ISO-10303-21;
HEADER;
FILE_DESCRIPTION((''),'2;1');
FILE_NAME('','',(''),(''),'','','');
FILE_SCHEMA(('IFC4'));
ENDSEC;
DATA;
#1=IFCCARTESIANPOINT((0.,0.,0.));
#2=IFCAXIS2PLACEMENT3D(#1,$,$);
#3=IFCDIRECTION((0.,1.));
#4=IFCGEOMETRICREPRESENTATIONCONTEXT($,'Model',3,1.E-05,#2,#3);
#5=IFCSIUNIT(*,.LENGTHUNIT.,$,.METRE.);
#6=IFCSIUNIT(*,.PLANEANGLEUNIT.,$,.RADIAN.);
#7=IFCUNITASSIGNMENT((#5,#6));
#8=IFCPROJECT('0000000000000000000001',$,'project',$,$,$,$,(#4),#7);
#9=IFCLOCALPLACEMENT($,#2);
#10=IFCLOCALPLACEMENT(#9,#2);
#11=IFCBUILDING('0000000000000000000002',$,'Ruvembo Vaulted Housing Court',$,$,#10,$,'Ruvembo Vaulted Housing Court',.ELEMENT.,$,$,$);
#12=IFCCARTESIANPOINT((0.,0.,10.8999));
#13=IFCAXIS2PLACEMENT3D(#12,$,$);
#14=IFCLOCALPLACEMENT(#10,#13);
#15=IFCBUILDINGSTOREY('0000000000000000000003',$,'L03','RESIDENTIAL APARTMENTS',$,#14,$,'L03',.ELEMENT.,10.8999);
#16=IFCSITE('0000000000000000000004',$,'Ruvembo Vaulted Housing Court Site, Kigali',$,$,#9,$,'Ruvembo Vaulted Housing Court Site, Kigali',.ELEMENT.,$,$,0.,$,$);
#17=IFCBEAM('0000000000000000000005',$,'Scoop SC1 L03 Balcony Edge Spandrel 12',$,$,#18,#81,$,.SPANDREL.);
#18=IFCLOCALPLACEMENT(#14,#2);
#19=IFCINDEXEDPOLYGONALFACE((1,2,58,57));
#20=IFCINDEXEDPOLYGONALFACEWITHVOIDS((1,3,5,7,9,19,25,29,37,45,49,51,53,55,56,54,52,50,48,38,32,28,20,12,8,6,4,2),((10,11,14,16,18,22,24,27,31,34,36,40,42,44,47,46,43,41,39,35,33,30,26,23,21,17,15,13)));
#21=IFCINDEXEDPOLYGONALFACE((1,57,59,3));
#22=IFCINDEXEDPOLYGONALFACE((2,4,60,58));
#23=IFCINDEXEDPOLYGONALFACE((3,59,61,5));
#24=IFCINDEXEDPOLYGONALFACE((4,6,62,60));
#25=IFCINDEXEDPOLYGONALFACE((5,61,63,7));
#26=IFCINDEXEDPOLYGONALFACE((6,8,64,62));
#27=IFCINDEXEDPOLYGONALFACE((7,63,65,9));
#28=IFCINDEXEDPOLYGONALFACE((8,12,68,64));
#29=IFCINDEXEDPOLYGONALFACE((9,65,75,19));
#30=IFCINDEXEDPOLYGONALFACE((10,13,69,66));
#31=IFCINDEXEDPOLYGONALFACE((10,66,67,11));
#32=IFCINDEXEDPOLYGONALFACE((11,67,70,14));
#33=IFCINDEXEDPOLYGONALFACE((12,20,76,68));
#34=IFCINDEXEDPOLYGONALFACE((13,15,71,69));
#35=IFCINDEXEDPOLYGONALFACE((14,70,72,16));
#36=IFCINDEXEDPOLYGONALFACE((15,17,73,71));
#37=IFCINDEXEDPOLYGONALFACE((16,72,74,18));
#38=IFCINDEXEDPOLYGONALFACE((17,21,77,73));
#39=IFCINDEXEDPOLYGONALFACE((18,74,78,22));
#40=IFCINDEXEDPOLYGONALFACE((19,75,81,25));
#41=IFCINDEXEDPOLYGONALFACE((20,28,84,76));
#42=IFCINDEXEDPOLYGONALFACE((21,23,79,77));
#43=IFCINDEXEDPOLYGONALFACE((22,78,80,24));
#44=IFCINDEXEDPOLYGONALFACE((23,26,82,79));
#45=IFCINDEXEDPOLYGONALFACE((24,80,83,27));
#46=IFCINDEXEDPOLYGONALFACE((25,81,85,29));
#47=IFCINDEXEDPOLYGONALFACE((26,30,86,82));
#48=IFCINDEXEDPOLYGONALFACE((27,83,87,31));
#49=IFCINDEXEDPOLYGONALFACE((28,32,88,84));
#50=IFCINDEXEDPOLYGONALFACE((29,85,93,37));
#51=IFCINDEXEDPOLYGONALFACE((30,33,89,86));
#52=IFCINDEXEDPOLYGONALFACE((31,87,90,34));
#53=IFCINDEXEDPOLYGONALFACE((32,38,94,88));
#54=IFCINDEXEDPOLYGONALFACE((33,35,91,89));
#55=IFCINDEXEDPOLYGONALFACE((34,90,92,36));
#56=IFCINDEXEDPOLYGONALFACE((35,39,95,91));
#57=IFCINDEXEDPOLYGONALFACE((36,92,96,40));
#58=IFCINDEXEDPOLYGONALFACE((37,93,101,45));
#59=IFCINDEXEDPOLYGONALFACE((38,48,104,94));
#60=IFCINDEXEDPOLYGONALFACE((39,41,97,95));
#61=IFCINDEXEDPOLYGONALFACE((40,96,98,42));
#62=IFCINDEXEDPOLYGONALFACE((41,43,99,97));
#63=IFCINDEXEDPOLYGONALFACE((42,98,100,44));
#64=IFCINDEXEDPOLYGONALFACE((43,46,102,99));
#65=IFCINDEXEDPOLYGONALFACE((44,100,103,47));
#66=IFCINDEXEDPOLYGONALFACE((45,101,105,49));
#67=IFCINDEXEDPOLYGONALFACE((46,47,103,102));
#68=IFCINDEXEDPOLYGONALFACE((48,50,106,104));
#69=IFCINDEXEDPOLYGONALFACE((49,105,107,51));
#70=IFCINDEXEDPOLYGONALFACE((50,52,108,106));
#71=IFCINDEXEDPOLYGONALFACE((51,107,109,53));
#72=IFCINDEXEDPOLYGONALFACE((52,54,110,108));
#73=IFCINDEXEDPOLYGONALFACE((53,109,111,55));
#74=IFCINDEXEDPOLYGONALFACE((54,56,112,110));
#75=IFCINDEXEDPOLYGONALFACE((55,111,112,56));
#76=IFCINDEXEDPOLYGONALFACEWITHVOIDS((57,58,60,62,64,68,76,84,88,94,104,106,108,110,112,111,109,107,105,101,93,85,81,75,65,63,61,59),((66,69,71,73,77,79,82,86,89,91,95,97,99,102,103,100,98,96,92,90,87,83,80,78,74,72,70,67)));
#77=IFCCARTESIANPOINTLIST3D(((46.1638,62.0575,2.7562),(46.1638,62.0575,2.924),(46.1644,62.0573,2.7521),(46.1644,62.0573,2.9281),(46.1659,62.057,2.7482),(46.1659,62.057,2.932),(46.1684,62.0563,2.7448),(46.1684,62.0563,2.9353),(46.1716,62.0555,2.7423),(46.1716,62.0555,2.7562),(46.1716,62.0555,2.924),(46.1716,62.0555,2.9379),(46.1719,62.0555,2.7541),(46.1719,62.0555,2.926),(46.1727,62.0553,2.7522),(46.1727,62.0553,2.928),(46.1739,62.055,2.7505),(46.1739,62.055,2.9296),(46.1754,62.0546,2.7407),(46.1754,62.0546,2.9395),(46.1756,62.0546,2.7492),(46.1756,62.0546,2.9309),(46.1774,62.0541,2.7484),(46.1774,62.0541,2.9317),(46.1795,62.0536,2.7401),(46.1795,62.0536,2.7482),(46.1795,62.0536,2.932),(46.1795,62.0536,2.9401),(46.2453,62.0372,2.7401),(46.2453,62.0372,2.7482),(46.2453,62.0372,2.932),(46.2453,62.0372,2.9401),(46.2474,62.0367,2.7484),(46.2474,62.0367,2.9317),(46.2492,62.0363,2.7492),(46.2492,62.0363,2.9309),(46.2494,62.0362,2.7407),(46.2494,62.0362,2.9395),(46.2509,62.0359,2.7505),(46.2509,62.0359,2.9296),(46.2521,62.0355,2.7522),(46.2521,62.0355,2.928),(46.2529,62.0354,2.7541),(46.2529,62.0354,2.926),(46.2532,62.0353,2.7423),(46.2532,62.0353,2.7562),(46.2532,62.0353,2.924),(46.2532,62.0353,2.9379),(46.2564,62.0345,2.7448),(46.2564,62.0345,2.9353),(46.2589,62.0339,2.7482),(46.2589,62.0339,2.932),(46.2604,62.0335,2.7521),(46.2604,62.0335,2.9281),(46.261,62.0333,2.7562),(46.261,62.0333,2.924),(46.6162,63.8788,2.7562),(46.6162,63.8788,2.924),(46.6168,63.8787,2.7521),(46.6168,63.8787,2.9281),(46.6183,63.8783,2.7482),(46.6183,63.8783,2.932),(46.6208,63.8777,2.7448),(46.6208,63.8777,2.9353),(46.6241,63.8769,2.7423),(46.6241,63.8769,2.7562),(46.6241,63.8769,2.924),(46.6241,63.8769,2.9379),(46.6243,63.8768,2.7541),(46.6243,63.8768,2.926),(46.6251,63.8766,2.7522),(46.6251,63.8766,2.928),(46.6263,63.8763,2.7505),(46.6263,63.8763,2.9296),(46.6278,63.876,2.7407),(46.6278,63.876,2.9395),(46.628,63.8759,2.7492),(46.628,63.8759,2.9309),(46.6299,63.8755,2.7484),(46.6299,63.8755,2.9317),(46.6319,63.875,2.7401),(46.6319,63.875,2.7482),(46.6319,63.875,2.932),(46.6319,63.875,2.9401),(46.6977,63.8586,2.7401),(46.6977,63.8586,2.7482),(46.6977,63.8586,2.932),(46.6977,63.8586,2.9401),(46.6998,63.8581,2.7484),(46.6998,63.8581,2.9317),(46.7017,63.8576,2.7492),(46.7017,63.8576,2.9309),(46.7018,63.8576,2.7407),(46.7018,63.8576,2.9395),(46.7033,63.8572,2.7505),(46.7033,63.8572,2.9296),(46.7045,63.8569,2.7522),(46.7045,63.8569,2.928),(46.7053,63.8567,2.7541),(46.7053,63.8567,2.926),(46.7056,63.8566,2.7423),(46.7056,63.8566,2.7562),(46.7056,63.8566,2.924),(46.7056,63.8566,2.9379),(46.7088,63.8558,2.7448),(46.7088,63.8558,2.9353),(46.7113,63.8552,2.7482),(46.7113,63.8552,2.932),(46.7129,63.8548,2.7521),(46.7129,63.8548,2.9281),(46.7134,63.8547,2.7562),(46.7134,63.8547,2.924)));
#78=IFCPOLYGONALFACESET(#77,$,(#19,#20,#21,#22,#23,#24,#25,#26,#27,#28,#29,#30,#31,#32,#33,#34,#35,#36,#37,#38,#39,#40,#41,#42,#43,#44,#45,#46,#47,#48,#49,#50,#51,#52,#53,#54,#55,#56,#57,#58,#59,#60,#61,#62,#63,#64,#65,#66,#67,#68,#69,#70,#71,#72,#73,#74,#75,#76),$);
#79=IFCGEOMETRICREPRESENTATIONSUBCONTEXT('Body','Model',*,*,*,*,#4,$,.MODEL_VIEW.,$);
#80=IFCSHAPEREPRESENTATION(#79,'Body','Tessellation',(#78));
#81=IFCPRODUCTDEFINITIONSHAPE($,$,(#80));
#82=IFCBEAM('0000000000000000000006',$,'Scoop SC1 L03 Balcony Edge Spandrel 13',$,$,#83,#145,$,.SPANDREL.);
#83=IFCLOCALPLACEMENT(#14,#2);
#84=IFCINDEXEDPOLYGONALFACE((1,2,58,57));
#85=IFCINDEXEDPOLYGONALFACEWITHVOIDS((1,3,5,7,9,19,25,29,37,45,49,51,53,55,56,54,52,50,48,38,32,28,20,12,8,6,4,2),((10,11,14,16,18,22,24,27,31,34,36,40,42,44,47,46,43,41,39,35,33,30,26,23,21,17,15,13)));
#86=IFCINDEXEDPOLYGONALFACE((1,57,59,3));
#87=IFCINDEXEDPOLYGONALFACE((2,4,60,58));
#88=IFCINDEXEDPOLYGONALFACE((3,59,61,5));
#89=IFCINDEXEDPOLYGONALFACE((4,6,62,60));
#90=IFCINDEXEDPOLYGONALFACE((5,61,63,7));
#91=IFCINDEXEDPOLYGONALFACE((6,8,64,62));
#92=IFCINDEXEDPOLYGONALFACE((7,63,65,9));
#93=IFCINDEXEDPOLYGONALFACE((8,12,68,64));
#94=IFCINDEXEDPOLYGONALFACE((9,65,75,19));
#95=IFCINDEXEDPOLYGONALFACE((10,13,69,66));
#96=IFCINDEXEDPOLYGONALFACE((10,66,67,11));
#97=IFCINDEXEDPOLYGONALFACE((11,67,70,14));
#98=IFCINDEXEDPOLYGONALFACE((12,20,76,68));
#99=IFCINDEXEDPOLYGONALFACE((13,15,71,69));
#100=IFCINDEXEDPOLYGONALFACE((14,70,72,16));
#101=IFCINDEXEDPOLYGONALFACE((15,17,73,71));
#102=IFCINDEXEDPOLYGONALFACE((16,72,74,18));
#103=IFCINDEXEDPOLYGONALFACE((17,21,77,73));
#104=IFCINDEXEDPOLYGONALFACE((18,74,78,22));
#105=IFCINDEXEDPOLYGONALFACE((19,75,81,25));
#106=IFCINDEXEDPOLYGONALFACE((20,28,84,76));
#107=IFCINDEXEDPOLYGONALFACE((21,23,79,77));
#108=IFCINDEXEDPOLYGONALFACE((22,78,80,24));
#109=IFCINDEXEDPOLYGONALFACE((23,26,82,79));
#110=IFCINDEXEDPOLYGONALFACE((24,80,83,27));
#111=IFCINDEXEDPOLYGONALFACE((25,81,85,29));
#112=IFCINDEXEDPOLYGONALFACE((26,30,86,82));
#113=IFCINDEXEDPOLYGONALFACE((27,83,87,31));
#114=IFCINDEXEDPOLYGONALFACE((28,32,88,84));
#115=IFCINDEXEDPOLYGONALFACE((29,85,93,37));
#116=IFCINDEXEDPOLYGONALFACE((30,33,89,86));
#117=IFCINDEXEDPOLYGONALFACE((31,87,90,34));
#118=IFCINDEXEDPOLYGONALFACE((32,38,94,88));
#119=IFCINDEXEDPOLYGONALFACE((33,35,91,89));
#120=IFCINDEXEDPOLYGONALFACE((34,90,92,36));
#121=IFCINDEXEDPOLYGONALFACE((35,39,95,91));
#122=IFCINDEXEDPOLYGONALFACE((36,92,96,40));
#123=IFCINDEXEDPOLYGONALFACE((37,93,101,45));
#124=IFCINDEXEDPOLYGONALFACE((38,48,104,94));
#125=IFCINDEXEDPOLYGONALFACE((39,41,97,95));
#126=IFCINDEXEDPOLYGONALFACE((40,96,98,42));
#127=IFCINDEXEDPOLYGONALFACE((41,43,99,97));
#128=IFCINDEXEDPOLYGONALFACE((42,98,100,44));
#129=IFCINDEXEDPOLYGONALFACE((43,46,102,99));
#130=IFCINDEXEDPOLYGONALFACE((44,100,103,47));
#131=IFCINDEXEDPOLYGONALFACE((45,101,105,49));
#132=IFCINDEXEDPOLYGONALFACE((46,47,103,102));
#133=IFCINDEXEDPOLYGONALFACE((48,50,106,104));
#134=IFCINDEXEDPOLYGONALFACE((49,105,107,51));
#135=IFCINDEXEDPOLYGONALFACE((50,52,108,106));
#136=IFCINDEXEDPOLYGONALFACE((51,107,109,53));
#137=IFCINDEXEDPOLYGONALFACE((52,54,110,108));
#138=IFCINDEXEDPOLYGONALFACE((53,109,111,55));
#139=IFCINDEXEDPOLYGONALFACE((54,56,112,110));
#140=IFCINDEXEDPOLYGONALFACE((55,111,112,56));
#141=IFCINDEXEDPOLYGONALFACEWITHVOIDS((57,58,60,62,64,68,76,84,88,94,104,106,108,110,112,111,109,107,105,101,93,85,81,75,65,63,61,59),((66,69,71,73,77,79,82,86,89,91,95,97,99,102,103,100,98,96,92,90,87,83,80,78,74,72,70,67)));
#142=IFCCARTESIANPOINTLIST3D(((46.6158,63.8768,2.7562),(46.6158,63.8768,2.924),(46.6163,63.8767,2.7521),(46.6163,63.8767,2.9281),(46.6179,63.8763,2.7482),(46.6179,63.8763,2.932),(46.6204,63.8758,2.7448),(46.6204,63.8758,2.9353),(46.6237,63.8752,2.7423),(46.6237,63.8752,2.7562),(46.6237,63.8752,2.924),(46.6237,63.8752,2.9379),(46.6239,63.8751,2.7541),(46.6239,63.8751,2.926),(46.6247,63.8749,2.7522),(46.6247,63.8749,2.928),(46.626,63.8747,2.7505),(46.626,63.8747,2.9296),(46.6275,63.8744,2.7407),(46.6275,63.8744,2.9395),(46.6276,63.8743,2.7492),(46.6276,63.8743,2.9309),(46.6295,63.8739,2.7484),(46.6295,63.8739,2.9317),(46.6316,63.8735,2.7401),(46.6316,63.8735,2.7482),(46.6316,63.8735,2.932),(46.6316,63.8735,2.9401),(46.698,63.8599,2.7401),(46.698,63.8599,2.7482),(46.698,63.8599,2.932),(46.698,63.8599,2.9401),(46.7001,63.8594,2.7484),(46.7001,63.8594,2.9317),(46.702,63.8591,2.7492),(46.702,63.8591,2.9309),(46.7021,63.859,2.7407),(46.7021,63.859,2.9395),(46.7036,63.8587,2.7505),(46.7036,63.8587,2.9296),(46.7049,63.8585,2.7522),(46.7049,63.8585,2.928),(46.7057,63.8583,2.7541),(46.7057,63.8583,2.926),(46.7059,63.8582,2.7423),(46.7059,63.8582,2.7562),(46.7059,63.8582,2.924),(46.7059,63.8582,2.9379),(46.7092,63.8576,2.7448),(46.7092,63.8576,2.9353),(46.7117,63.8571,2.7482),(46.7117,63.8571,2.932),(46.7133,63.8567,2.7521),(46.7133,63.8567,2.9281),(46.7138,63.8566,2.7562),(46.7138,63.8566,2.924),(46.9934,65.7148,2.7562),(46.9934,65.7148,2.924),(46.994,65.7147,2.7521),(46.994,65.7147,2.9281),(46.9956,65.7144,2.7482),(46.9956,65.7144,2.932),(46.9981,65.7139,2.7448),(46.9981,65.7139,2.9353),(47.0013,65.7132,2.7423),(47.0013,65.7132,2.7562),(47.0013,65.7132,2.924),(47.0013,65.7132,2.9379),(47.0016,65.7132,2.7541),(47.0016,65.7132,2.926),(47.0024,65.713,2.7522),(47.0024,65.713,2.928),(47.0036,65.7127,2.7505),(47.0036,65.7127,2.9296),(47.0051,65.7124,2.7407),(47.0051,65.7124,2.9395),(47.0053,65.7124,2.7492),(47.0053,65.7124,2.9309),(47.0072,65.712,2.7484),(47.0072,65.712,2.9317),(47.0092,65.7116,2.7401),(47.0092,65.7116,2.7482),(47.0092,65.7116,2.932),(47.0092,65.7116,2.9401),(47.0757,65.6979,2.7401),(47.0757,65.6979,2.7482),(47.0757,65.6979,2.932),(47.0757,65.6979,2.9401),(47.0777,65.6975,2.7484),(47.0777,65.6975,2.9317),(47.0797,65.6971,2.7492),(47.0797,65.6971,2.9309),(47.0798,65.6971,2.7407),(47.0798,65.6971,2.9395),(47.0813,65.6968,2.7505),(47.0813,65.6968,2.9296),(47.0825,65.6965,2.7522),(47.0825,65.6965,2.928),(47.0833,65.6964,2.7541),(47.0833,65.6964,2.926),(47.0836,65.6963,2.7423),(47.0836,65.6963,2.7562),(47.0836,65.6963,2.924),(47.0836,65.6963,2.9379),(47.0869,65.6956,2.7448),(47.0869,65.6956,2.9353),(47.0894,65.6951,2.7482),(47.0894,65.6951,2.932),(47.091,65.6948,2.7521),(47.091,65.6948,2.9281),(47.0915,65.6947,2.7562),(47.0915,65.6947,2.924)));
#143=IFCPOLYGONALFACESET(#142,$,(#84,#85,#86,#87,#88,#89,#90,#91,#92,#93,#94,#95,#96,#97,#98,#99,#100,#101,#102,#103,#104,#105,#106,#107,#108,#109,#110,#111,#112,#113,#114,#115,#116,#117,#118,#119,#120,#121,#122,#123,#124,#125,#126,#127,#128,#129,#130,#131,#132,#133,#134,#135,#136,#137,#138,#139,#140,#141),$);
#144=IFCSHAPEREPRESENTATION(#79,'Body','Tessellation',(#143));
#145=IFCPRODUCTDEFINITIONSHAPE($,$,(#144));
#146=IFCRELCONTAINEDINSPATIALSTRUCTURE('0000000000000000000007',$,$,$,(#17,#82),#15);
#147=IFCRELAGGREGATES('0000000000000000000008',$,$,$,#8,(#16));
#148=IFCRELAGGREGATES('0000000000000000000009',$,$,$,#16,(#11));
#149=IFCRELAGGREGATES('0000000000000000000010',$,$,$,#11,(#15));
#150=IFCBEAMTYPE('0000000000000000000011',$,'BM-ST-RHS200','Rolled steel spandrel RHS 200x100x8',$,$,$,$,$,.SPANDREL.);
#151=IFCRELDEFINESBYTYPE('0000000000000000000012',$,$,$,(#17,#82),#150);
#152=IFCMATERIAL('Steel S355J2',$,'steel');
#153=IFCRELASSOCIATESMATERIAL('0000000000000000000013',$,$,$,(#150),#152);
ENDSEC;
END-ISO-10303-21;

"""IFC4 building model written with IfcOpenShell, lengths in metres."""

from ifc_helpers import new_model, si_unit, direction, frame, origin, origin_2d, place, context, subcontext, project, spatial, hollow_rectangle, extrude, material, material_profile, profile_set, type_object, element, save


model = new_model("IFC4")

# Units and contexts
model_context = context("Model", 3, precision=1e-05, world=origin(), true_north=direction((0.0, 1.0)))
body_context = subcontext(model_context, "Body", "Model", "MODEL_VIEW")
ifc_project = project(units=[si_unit("LENGTHUNIT", "METRE"), si_unit("PLANEANGLEUNIT", "RADIAN")], contexts=[model_context])

# Site, building, storey
site_placement = place(None, origin())
site = spatial("IfcSite", under=ifc_project, at=site_placement, Name="Ruvembo Vaulted Housing Court Site, Kigali", LongName="Ruvembo Vaulted Housing Court Site, Kigali", CompositionType="ELEMENT", RefElevation=0.0)
building_placement = place(site_placement, origin())
building = spatial("IfcBuilding", under=site, at=building_placement, Name="Ruvembo Vaulted Housing Court", LongName="Ruvembo Vaulted Housing Court", CompositionType="ELEMENT")
storey_placement = place(building_placement, frame((0.0, 0.0, 10.8999)))
storey = spatial("IfcBuildingStorey", under=building, at=storey_placement, Name="L03", Description="RESIDENTIAL APARTMENTS", LongName="L03", CompositionType="ELEMENT", Elevation=10.8999)

# Beams
ifc_material_1 = material(Name="Steel S355J2", Category="steel")
ifc_material_profile_1 = material_profile(ifc_material_1, hollow_rectangle(XDim=0.1001, YDim=0.2, WallThickness=0.0081, InnerFilletRadius=0.0081, OuterFilletRadius=0.0161, at=origin_2d()), Name="RHS 200x100x8")
ifc_profile_set_1 = profile_set([ifc_material_profile_1], Name="Steel S355J2")
beam_type_1 = type_object("IfcBeamType", Name="BM-ST-RHS200", Description="Rolled steel spandrel RHS 200x100x8", PredefinedType="SPANDREL", material=ifc_profile_set_1)
for number, where, z_axis, x_axis, name in (
    (1, (46.2124, 62.0454, 2.8401), (0.241066, 0.970509, 0.0), (-0.970509, 0.241066, 0.0), "Scoop SC1 L03 Balcony Edge Spandrel 12"),
):
    element("IfcBeam", number, at=place(storey_placement, frame(where, z_axis=z_axis, x_axis=x_axis)), inside=storey, type_object=beam_type_1, Name=name, PredefinedType="SPANDREL", context=body_context, shape_type="SweptSolid", body=[
        extrude(hollow_rectangle(XDim=0.1001, YDim=0.2, WallThickness=0.0081, InnerFilletRadius=0.0081, OuterFilletRadius=0.0161, at=origin_2d()), origin(), (0.0, 0.0, 1.0), 1.8767),
    ])
for number, where, z_axis, x_axis, name in (
    (2, (46.6648, 63.8667, 2.8401), (0.201267, 0.979536, 0.0), (-0.979536, 0.201267, 0.0), "Scoop SC1 L03 Balcony Edge Spandrel 13"),
):
    element("IfcBeam", number, at=place(storey_placement, frame(where, z_axis=z_axis, x_axis=x_axis)), inside=storey, type_object=beam_type_1, Name=name, PredefinedType="SPANDREL", context=body_context, shape_type="SweptSolid", body=[
        extrude(hollow_rectangle(XDim=0.1001, YDim=0.2, WallThickness=0.0081, InnerFilletRadius=0.0081, OuterFilletRadius=0.0161, at=origin_2d()), origin(), (0.0, 0.0, 1.0), 1.8765),
    ])

save(model, "model.ifc")
